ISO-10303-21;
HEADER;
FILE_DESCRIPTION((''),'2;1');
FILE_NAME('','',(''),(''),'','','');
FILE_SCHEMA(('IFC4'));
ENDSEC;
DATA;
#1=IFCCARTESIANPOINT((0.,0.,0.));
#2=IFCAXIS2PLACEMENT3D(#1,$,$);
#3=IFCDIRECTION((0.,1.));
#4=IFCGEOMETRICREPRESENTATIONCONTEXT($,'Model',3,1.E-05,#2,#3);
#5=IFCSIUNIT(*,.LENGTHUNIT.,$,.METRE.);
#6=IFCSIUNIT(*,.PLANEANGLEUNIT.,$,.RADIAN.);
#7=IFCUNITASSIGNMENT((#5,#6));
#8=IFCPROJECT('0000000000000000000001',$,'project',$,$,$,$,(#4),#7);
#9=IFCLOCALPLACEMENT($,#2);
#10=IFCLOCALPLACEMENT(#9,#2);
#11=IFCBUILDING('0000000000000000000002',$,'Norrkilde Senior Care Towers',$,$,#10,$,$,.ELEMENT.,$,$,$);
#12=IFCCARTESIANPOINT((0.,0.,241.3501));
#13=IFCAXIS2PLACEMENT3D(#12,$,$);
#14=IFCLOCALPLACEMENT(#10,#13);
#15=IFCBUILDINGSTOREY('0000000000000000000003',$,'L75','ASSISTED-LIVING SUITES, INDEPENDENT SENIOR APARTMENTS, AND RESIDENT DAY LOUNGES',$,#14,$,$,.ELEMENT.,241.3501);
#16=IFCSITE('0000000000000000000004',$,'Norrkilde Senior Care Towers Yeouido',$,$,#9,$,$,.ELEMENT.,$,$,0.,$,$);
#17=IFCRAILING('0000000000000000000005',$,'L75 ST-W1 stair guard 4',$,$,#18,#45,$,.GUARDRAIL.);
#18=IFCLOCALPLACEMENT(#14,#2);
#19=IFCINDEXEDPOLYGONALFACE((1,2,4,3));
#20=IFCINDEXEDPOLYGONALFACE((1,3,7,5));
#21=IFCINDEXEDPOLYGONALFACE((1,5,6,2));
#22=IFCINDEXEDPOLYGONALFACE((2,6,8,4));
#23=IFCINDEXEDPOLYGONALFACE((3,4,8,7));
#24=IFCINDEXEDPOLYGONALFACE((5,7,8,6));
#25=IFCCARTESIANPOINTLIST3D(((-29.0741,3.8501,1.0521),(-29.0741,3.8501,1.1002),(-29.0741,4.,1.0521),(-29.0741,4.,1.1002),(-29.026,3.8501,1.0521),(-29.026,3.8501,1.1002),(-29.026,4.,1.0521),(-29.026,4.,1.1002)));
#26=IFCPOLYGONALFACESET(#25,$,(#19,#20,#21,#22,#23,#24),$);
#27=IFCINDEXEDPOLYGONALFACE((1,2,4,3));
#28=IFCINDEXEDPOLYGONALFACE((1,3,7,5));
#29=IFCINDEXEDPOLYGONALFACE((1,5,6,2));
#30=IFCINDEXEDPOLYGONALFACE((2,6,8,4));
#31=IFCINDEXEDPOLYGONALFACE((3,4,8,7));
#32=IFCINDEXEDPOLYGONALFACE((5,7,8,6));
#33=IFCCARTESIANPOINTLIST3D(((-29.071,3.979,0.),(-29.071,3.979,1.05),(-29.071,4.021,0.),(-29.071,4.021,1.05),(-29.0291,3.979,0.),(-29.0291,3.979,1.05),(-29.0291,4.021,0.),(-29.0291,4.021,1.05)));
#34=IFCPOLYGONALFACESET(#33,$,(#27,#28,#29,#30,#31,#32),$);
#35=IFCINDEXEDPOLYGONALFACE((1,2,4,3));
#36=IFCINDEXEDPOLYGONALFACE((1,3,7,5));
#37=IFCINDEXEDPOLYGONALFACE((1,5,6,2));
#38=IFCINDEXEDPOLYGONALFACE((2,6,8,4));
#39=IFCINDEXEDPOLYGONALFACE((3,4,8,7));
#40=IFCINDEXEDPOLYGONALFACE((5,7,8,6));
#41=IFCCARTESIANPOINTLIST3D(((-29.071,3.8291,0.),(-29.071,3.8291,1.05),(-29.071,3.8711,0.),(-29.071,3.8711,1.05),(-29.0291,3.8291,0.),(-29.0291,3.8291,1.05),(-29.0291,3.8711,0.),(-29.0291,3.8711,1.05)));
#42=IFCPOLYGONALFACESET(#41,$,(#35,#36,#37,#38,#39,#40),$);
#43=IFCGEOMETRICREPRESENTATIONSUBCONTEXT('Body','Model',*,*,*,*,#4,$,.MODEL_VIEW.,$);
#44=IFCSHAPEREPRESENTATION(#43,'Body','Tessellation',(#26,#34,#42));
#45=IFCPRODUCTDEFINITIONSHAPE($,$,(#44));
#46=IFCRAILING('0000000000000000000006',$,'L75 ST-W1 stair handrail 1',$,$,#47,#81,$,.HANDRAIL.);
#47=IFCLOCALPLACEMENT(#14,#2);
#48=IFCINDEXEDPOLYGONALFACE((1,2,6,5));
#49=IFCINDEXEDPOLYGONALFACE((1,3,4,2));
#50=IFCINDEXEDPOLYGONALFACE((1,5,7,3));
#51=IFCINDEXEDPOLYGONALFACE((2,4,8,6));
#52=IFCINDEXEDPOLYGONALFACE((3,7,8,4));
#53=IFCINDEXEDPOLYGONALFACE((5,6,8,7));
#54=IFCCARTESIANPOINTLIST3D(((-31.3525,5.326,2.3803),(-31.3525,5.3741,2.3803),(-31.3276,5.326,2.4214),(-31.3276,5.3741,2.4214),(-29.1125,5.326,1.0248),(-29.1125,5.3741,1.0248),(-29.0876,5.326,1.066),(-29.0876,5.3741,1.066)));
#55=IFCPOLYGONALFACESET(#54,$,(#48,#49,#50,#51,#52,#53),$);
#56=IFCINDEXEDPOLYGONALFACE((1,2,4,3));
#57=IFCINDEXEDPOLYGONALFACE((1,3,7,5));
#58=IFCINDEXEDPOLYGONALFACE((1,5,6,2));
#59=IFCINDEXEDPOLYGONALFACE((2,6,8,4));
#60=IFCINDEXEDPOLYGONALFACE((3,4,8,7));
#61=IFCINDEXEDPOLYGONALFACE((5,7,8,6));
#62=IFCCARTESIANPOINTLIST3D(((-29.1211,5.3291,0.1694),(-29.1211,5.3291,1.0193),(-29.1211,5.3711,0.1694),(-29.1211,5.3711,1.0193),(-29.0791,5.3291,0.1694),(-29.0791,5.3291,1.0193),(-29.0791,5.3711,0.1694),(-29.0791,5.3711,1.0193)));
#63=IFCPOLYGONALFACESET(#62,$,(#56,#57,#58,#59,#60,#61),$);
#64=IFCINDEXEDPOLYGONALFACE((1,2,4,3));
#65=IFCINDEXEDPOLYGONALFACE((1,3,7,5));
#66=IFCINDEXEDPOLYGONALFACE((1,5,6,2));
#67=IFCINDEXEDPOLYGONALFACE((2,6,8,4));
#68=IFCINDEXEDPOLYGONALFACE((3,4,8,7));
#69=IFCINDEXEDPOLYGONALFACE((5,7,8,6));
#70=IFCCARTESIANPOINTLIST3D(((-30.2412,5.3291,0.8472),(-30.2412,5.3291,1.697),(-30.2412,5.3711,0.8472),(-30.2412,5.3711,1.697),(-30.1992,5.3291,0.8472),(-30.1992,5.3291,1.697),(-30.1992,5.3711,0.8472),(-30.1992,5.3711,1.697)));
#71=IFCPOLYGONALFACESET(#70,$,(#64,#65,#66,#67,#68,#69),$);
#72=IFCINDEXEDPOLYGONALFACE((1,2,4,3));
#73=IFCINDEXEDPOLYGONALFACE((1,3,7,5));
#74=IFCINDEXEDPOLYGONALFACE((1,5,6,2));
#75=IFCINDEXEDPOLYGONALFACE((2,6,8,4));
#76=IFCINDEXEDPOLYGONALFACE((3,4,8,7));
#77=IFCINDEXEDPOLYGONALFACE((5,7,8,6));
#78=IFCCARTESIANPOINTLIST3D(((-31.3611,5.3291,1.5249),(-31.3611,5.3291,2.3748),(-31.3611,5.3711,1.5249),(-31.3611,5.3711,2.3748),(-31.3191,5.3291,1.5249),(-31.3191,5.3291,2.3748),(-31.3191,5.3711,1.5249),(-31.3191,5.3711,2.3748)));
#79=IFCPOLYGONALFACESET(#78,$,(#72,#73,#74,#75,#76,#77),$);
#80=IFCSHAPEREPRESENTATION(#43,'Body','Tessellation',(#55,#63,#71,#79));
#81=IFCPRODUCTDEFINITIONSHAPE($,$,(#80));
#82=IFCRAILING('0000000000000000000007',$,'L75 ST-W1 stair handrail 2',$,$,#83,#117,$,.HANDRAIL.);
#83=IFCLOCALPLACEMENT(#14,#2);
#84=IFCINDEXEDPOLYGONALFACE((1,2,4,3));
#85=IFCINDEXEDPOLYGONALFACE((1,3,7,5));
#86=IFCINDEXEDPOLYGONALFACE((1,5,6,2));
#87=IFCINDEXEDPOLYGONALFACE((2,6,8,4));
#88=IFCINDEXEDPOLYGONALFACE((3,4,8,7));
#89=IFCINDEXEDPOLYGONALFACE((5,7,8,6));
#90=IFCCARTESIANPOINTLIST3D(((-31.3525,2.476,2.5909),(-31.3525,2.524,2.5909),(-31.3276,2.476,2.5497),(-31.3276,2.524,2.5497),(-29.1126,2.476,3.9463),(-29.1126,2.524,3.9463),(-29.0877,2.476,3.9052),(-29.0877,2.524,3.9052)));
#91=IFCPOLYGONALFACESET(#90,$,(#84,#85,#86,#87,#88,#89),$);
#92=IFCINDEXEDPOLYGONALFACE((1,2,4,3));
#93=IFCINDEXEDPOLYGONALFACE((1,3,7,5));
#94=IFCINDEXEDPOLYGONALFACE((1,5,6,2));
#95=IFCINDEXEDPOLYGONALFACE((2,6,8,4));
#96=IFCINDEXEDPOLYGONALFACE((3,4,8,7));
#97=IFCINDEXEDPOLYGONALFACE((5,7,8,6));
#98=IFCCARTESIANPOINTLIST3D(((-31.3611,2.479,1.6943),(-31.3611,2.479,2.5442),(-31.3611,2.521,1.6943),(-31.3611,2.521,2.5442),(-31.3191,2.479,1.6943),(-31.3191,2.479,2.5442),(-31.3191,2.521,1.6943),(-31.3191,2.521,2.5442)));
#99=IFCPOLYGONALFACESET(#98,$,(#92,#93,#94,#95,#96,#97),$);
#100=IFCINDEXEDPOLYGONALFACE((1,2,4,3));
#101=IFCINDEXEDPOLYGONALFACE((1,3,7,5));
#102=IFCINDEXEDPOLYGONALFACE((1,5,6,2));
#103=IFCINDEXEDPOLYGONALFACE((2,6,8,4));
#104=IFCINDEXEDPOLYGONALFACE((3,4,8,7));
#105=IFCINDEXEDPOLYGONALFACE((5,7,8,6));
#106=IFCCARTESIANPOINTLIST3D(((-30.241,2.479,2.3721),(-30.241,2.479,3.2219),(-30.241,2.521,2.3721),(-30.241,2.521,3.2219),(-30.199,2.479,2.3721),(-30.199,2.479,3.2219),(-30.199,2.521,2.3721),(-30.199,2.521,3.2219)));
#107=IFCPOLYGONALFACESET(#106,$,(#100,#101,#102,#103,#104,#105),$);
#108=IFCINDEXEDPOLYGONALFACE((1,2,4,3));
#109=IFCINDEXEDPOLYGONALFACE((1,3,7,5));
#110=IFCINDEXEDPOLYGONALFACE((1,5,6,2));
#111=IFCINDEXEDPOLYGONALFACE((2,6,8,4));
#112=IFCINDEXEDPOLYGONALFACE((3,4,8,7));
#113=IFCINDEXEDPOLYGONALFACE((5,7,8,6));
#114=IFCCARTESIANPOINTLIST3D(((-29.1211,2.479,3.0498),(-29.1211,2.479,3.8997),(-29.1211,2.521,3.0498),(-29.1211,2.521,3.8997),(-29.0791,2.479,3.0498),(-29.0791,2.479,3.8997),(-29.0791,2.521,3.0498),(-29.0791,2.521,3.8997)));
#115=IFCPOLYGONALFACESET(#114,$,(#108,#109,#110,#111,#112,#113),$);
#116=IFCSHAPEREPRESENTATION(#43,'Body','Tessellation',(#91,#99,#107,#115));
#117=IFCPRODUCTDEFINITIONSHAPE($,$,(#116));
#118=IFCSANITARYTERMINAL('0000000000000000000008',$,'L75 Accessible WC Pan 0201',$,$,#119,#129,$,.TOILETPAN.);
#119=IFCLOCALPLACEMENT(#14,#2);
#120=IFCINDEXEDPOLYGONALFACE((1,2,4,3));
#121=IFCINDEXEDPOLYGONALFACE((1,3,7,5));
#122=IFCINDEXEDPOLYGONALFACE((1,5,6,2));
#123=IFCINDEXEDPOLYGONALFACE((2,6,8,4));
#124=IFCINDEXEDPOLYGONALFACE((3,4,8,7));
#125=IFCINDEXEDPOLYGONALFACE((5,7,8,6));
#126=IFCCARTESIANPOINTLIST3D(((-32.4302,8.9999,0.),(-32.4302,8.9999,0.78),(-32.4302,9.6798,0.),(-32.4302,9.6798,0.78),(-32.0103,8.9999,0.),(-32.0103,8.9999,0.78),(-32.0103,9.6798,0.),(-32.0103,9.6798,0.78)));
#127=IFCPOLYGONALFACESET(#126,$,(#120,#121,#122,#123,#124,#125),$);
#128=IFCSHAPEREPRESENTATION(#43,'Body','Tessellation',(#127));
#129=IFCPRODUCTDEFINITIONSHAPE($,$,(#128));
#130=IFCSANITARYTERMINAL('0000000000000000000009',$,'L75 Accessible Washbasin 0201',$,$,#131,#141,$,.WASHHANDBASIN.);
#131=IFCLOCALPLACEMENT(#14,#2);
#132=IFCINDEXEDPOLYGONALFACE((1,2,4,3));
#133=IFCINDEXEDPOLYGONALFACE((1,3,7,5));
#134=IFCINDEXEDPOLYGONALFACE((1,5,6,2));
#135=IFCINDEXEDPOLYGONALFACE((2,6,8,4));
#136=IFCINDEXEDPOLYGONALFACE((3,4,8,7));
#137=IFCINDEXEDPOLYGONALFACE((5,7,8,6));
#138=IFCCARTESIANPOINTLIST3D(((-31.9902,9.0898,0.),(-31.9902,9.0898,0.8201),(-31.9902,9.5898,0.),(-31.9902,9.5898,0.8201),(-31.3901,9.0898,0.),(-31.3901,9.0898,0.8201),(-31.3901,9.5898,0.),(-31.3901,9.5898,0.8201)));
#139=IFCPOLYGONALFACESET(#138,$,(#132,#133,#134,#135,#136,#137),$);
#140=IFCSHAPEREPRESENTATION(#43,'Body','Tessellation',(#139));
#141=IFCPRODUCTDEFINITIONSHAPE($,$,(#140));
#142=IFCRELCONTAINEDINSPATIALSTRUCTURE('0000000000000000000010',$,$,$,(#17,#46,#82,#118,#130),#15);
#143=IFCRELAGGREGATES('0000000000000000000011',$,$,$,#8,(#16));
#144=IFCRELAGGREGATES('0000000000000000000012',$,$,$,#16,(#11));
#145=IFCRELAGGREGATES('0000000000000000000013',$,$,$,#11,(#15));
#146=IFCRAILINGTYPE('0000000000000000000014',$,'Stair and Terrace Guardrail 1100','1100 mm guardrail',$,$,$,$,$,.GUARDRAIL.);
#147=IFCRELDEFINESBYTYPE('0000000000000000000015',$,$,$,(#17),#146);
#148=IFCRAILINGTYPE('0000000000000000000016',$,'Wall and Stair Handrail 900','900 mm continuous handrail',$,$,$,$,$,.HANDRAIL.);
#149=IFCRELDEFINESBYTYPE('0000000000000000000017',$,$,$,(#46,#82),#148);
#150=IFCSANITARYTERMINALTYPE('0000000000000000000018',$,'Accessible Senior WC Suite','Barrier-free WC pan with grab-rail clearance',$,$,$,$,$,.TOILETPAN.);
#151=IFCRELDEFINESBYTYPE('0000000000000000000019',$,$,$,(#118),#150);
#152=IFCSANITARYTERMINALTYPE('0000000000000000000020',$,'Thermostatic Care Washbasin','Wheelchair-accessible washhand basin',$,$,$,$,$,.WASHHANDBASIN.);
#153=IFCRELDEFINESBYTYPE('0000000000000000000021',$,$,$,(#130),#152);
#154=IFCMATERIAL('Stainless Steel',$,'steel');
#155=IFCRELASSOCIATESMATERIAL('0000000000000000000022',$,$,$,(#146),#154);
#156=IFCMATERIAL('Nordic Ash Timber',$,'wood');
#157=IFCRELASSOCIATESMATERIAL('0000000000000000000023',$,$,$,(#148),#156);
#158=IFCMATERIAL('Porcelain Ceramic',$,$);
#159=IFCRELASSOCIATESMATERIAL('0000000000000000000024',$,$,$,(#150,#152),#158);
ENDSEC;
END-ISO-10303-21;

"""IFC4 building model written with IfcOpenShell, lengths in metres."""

from ifc_helpers import new_model, si_unit, direction, frame, origin, origin_2d, place, context, subcontext, project, spatial, rectangle, extrude, source, transform, mapped, material, type_object, type_shapes, element, save


model = new_model("IFC4")

# Units and contexts
model_context = context("Model", 3, precision=1e-05, world=origin(), true_north=direction((0.0, 1.0)))
body_context = subcontext(model_context, "Body", "Model", "MODEL_VIEW")
ifc_project = project(units=[si_unit("LENGTHUNIT", "METRE"), si_unit("PLANEANGLEUNIT", "RADIAN")], contexts=[model_context])

# Site, building, storey
site_placement = place(None, origin())
site = spatial("IfcSite", under=ifc_project, at=site_placement, Name="Norrkilde Senior Care Towers Yeouido", CompositionType="ELEMENT", RefElevation=0.0)
building_placement = place(site_placement, origin())
building = spatial("IfcBuilding", under=site, at=building_placement, Name="Norrkilde Senior Care Towers", CompositionType="ELEMENT")
storey_placement = place(building_placement, frame((0.0, 0.0, 241.3501)))
storey = spatial("IfcBuildingStorey", under=building, at=storey_placement, Name="L75", Description="ASSISTED-LIVING SUITES, INDEPENDENT SENIOR APARTMENTS, AND RESIDENT DAY LOUNGES", CompositionType="ELEMENT", Elevation=241.3501)

# Shared definitions
ifc_material_1 = material(Name="Nordic Ash Timber", Category="wood")

# Railings
ifc_material_2 = material(Name="Stainless Steel", Category="steel")
railing_type_1 = type_object("IfcRailingType", Name="Stair and Terrace Guardrail 1100", Description="1100 mm guardrail", PredefinedType="GUARDRAIL", material=ifc_material_2)
railing_1_placement = place(storey_placement, frame((-29.05, 4.0, 0.0)))
element("IfcRailing", 1, at=railing_1_placement, inside=storey, type_object=railing_type_1, Name="L75 ST-W1 stair guard 4", PredefinedType="GUARDRAIL", context=body_context, shape_type="SweptSolid", body=[
    extrude(rectangle(XDim=0.0481, YDim=0.0481, at=origin_2d()), frame((0.0, 0.0, 1.0762), z_axis=(0.0, -1.0, 0.0), x_axis=(1.0, 0.0, 0.0)), (0.0, 0.0, 1.0), 0.1499),
    extrude(rectangle(XDim=0.042, YDim=0.042, at=origin_2d()), origin(), (0.0, 0.0, 1.0), 1.05),
    extrude(rectangle(XDim=0.042, YDim=0.042, at=origin_2d()), frame((0.0, -0.1499, 0.0)), (0.0, 0.0, 1.0), 1.05),
])
railing_type_2 = type_object("IfcRailingType", Name="Wall and Stair Handrail 900", Description="900 mm continuous handrail", PredefinedType="HANDRAIL", material=ifc_material_1)
railing_2_placement = place(storey_placement, frame((-29.1001, 5.3501, 0.1694)))
element("IfcRailing", 2, at=railing_2_placement, inside=storey, type_object=railing_type_2, Name="L75 ST-W1 stair handrail 1", PredefinedType="HANDRAIL", context=body_context, shape_type="SweptSolid", body=[
    extrude(rectangle(XDim=0.0481, YDim=0.0481, at=origin_2d()), frame((0.0, 0.0, 0.876), z_axis=(-0.855553, 0.0, 0.517715), x_axis=(0.0, -1.0, 0.0)), (0.0, 0.0, 1.0), 2.6182),
    extrude(rectangle(XDim=0.042, YDim=0.042, at=origin_2d()), origin(), (0.0, 0.0, 1.0), 0.8499),
    extrude(rectangle(XDim=0.042, YDim=0.042, at=origin_2d()), frame((-1.1201, 0.0, 0.6777)), (0.0, 0.0, 1.0), 0.8499),
    extrude(rectangle(XDim=0.042, YDim=0.042, at=origin_2d()), frame((-2.24, 0.0, 1.3555)), (0.0, 0.0, 1.0), 0.8499),
])
railing_3_placement = place(storey_placement, frame((-31.3401, 2.5, 1.6943)))
element("IfcRailing", 3, at=railing_3_placement, inside=storey, type_object=railing_type_2, Name="L75 ST-W1 stair handrail 2", PredefinedType="HANDRAIL", context=body_context, shape_type="SweptSolid", body=[
    extrude(rectangle(XDim=0.0481, YDim=0.0481, at=origin_2d()), frame((0.0, 0.0, 0.876), z_axis=(0.855553, 0.0, 0.517715), x_axis=(0.0, 1.0, 0.0)), (0.0, 0.0, 1.0), 2.6182),
    extrude(rectangle(XDim=0.042, YDim=0.042, at=origin_2d()), origin(), (0.0, 0.0, 1.0), 0.8499),
    extrude(rectangle(XDim=0.042, YDim=0.042, at=origin_2d()), frame((1.1201, 0.0, 0.6777)), (0.0, 0.0, 1.0), 0.8499),
    extrude(rectangle(XDim=0.042, YDim=0.042, at=origin_2d()), frame((2.24, 0.0, 1.3555)), (0.0, 0.0, 1.0), 0.8499),
])

# Sanitary terminals
ifc_material_3 = material(Name="Porcelain Ceramic")
sanitary_terminal_type_1 = type_object("IfcSanitaryTerminalType", Name="Accessible Senior WC Suite", Description="Barrier-free WC pan with grab-rail clearance", PredefinedType="TOILETPAN", material=ifc_material_3)
shared_shape_1 = source(origin(), body_context, "Body", "SweptSolid", [
    extrude(rectangle(XDim=0.4199, YDim=0.6799, at=origin_2d()), origin(), (0.0, 0.0, 1.0), 0.78),
])
type_shapes(sanitary_terminal_type_1, [shared_shape_1])
sanitary_terminal_1_placement = place(storey_placement, frame((-32.2202, 9.3398, 0.0), z_axis=(0.0, 0.0, 1.0), x_axis=(1.0, 0.0, 0.0)))
element("IfcSanitaryTerminal", 4, at=sanitary_terminal_1_placement, inside=storey, type_object=sanitary_terminal_type_1, Name="L75 Accessible WC Pan 0201", PredefinedType="TOILETPAN", context=body_context, shape_type="MappedRepresentation", body=[
    mapped(shared_shape_1, transform((0.0, 0.0, 0.0), x_axis=(1.0, 0.0, 0.0), y_axis=(0.0, 1.0, 0.0), z_axis=(0.0, 0.0, 1.0), scale=1.0)),
])
sanitary_terminal_type_2 = type_object("IfcSanitaryTerminalType", Name="Thermostatic Care Washbasin", Description="Wheelchair-accessible washhand basin", PredefinedType="WASHHANDBASIN", material=ifc_material_3)
shared_shape_2 = source(origin(), body_context, "Body", "SweptSolid", [
    extrude(rectangle(XDim=0.6001, YDim=0.5, at=origin_2d()), origin(), (0.0, 0.0, 1.0), 0.8201),
])
type_shapes(sanitary_terminal_type_2, [shared_shape_2])
sanitary_terminal_2_placement = place(storey_placement, frame((-31.6902, 9.3398, 0.0), z_axis=(0.0, 0.0, 1.0), x_axis=(1.0, 0.0, 0.0)))
element("IfcSanitaryTerminal", 5, at=sanitary_terminal_2_placement, inside=storey, type_object=sanitary_terminal_type_2, Name="L75 Accessible Washbasin 0201", PredefinedType="WASHHANDBASIN", context=body_context, shape_type="MappedRepresentation", body=[
    mapped(shared_shape_2, transform((0.0, 0.0, 0.0), x_axis=(1.0, 0.0, 0.0), y_axis=(0.0, 1.0, 0.0), z_axis=(0.0, 0.0, 1.0), scale=1.0)),
])

save(model, "model.ifc")
